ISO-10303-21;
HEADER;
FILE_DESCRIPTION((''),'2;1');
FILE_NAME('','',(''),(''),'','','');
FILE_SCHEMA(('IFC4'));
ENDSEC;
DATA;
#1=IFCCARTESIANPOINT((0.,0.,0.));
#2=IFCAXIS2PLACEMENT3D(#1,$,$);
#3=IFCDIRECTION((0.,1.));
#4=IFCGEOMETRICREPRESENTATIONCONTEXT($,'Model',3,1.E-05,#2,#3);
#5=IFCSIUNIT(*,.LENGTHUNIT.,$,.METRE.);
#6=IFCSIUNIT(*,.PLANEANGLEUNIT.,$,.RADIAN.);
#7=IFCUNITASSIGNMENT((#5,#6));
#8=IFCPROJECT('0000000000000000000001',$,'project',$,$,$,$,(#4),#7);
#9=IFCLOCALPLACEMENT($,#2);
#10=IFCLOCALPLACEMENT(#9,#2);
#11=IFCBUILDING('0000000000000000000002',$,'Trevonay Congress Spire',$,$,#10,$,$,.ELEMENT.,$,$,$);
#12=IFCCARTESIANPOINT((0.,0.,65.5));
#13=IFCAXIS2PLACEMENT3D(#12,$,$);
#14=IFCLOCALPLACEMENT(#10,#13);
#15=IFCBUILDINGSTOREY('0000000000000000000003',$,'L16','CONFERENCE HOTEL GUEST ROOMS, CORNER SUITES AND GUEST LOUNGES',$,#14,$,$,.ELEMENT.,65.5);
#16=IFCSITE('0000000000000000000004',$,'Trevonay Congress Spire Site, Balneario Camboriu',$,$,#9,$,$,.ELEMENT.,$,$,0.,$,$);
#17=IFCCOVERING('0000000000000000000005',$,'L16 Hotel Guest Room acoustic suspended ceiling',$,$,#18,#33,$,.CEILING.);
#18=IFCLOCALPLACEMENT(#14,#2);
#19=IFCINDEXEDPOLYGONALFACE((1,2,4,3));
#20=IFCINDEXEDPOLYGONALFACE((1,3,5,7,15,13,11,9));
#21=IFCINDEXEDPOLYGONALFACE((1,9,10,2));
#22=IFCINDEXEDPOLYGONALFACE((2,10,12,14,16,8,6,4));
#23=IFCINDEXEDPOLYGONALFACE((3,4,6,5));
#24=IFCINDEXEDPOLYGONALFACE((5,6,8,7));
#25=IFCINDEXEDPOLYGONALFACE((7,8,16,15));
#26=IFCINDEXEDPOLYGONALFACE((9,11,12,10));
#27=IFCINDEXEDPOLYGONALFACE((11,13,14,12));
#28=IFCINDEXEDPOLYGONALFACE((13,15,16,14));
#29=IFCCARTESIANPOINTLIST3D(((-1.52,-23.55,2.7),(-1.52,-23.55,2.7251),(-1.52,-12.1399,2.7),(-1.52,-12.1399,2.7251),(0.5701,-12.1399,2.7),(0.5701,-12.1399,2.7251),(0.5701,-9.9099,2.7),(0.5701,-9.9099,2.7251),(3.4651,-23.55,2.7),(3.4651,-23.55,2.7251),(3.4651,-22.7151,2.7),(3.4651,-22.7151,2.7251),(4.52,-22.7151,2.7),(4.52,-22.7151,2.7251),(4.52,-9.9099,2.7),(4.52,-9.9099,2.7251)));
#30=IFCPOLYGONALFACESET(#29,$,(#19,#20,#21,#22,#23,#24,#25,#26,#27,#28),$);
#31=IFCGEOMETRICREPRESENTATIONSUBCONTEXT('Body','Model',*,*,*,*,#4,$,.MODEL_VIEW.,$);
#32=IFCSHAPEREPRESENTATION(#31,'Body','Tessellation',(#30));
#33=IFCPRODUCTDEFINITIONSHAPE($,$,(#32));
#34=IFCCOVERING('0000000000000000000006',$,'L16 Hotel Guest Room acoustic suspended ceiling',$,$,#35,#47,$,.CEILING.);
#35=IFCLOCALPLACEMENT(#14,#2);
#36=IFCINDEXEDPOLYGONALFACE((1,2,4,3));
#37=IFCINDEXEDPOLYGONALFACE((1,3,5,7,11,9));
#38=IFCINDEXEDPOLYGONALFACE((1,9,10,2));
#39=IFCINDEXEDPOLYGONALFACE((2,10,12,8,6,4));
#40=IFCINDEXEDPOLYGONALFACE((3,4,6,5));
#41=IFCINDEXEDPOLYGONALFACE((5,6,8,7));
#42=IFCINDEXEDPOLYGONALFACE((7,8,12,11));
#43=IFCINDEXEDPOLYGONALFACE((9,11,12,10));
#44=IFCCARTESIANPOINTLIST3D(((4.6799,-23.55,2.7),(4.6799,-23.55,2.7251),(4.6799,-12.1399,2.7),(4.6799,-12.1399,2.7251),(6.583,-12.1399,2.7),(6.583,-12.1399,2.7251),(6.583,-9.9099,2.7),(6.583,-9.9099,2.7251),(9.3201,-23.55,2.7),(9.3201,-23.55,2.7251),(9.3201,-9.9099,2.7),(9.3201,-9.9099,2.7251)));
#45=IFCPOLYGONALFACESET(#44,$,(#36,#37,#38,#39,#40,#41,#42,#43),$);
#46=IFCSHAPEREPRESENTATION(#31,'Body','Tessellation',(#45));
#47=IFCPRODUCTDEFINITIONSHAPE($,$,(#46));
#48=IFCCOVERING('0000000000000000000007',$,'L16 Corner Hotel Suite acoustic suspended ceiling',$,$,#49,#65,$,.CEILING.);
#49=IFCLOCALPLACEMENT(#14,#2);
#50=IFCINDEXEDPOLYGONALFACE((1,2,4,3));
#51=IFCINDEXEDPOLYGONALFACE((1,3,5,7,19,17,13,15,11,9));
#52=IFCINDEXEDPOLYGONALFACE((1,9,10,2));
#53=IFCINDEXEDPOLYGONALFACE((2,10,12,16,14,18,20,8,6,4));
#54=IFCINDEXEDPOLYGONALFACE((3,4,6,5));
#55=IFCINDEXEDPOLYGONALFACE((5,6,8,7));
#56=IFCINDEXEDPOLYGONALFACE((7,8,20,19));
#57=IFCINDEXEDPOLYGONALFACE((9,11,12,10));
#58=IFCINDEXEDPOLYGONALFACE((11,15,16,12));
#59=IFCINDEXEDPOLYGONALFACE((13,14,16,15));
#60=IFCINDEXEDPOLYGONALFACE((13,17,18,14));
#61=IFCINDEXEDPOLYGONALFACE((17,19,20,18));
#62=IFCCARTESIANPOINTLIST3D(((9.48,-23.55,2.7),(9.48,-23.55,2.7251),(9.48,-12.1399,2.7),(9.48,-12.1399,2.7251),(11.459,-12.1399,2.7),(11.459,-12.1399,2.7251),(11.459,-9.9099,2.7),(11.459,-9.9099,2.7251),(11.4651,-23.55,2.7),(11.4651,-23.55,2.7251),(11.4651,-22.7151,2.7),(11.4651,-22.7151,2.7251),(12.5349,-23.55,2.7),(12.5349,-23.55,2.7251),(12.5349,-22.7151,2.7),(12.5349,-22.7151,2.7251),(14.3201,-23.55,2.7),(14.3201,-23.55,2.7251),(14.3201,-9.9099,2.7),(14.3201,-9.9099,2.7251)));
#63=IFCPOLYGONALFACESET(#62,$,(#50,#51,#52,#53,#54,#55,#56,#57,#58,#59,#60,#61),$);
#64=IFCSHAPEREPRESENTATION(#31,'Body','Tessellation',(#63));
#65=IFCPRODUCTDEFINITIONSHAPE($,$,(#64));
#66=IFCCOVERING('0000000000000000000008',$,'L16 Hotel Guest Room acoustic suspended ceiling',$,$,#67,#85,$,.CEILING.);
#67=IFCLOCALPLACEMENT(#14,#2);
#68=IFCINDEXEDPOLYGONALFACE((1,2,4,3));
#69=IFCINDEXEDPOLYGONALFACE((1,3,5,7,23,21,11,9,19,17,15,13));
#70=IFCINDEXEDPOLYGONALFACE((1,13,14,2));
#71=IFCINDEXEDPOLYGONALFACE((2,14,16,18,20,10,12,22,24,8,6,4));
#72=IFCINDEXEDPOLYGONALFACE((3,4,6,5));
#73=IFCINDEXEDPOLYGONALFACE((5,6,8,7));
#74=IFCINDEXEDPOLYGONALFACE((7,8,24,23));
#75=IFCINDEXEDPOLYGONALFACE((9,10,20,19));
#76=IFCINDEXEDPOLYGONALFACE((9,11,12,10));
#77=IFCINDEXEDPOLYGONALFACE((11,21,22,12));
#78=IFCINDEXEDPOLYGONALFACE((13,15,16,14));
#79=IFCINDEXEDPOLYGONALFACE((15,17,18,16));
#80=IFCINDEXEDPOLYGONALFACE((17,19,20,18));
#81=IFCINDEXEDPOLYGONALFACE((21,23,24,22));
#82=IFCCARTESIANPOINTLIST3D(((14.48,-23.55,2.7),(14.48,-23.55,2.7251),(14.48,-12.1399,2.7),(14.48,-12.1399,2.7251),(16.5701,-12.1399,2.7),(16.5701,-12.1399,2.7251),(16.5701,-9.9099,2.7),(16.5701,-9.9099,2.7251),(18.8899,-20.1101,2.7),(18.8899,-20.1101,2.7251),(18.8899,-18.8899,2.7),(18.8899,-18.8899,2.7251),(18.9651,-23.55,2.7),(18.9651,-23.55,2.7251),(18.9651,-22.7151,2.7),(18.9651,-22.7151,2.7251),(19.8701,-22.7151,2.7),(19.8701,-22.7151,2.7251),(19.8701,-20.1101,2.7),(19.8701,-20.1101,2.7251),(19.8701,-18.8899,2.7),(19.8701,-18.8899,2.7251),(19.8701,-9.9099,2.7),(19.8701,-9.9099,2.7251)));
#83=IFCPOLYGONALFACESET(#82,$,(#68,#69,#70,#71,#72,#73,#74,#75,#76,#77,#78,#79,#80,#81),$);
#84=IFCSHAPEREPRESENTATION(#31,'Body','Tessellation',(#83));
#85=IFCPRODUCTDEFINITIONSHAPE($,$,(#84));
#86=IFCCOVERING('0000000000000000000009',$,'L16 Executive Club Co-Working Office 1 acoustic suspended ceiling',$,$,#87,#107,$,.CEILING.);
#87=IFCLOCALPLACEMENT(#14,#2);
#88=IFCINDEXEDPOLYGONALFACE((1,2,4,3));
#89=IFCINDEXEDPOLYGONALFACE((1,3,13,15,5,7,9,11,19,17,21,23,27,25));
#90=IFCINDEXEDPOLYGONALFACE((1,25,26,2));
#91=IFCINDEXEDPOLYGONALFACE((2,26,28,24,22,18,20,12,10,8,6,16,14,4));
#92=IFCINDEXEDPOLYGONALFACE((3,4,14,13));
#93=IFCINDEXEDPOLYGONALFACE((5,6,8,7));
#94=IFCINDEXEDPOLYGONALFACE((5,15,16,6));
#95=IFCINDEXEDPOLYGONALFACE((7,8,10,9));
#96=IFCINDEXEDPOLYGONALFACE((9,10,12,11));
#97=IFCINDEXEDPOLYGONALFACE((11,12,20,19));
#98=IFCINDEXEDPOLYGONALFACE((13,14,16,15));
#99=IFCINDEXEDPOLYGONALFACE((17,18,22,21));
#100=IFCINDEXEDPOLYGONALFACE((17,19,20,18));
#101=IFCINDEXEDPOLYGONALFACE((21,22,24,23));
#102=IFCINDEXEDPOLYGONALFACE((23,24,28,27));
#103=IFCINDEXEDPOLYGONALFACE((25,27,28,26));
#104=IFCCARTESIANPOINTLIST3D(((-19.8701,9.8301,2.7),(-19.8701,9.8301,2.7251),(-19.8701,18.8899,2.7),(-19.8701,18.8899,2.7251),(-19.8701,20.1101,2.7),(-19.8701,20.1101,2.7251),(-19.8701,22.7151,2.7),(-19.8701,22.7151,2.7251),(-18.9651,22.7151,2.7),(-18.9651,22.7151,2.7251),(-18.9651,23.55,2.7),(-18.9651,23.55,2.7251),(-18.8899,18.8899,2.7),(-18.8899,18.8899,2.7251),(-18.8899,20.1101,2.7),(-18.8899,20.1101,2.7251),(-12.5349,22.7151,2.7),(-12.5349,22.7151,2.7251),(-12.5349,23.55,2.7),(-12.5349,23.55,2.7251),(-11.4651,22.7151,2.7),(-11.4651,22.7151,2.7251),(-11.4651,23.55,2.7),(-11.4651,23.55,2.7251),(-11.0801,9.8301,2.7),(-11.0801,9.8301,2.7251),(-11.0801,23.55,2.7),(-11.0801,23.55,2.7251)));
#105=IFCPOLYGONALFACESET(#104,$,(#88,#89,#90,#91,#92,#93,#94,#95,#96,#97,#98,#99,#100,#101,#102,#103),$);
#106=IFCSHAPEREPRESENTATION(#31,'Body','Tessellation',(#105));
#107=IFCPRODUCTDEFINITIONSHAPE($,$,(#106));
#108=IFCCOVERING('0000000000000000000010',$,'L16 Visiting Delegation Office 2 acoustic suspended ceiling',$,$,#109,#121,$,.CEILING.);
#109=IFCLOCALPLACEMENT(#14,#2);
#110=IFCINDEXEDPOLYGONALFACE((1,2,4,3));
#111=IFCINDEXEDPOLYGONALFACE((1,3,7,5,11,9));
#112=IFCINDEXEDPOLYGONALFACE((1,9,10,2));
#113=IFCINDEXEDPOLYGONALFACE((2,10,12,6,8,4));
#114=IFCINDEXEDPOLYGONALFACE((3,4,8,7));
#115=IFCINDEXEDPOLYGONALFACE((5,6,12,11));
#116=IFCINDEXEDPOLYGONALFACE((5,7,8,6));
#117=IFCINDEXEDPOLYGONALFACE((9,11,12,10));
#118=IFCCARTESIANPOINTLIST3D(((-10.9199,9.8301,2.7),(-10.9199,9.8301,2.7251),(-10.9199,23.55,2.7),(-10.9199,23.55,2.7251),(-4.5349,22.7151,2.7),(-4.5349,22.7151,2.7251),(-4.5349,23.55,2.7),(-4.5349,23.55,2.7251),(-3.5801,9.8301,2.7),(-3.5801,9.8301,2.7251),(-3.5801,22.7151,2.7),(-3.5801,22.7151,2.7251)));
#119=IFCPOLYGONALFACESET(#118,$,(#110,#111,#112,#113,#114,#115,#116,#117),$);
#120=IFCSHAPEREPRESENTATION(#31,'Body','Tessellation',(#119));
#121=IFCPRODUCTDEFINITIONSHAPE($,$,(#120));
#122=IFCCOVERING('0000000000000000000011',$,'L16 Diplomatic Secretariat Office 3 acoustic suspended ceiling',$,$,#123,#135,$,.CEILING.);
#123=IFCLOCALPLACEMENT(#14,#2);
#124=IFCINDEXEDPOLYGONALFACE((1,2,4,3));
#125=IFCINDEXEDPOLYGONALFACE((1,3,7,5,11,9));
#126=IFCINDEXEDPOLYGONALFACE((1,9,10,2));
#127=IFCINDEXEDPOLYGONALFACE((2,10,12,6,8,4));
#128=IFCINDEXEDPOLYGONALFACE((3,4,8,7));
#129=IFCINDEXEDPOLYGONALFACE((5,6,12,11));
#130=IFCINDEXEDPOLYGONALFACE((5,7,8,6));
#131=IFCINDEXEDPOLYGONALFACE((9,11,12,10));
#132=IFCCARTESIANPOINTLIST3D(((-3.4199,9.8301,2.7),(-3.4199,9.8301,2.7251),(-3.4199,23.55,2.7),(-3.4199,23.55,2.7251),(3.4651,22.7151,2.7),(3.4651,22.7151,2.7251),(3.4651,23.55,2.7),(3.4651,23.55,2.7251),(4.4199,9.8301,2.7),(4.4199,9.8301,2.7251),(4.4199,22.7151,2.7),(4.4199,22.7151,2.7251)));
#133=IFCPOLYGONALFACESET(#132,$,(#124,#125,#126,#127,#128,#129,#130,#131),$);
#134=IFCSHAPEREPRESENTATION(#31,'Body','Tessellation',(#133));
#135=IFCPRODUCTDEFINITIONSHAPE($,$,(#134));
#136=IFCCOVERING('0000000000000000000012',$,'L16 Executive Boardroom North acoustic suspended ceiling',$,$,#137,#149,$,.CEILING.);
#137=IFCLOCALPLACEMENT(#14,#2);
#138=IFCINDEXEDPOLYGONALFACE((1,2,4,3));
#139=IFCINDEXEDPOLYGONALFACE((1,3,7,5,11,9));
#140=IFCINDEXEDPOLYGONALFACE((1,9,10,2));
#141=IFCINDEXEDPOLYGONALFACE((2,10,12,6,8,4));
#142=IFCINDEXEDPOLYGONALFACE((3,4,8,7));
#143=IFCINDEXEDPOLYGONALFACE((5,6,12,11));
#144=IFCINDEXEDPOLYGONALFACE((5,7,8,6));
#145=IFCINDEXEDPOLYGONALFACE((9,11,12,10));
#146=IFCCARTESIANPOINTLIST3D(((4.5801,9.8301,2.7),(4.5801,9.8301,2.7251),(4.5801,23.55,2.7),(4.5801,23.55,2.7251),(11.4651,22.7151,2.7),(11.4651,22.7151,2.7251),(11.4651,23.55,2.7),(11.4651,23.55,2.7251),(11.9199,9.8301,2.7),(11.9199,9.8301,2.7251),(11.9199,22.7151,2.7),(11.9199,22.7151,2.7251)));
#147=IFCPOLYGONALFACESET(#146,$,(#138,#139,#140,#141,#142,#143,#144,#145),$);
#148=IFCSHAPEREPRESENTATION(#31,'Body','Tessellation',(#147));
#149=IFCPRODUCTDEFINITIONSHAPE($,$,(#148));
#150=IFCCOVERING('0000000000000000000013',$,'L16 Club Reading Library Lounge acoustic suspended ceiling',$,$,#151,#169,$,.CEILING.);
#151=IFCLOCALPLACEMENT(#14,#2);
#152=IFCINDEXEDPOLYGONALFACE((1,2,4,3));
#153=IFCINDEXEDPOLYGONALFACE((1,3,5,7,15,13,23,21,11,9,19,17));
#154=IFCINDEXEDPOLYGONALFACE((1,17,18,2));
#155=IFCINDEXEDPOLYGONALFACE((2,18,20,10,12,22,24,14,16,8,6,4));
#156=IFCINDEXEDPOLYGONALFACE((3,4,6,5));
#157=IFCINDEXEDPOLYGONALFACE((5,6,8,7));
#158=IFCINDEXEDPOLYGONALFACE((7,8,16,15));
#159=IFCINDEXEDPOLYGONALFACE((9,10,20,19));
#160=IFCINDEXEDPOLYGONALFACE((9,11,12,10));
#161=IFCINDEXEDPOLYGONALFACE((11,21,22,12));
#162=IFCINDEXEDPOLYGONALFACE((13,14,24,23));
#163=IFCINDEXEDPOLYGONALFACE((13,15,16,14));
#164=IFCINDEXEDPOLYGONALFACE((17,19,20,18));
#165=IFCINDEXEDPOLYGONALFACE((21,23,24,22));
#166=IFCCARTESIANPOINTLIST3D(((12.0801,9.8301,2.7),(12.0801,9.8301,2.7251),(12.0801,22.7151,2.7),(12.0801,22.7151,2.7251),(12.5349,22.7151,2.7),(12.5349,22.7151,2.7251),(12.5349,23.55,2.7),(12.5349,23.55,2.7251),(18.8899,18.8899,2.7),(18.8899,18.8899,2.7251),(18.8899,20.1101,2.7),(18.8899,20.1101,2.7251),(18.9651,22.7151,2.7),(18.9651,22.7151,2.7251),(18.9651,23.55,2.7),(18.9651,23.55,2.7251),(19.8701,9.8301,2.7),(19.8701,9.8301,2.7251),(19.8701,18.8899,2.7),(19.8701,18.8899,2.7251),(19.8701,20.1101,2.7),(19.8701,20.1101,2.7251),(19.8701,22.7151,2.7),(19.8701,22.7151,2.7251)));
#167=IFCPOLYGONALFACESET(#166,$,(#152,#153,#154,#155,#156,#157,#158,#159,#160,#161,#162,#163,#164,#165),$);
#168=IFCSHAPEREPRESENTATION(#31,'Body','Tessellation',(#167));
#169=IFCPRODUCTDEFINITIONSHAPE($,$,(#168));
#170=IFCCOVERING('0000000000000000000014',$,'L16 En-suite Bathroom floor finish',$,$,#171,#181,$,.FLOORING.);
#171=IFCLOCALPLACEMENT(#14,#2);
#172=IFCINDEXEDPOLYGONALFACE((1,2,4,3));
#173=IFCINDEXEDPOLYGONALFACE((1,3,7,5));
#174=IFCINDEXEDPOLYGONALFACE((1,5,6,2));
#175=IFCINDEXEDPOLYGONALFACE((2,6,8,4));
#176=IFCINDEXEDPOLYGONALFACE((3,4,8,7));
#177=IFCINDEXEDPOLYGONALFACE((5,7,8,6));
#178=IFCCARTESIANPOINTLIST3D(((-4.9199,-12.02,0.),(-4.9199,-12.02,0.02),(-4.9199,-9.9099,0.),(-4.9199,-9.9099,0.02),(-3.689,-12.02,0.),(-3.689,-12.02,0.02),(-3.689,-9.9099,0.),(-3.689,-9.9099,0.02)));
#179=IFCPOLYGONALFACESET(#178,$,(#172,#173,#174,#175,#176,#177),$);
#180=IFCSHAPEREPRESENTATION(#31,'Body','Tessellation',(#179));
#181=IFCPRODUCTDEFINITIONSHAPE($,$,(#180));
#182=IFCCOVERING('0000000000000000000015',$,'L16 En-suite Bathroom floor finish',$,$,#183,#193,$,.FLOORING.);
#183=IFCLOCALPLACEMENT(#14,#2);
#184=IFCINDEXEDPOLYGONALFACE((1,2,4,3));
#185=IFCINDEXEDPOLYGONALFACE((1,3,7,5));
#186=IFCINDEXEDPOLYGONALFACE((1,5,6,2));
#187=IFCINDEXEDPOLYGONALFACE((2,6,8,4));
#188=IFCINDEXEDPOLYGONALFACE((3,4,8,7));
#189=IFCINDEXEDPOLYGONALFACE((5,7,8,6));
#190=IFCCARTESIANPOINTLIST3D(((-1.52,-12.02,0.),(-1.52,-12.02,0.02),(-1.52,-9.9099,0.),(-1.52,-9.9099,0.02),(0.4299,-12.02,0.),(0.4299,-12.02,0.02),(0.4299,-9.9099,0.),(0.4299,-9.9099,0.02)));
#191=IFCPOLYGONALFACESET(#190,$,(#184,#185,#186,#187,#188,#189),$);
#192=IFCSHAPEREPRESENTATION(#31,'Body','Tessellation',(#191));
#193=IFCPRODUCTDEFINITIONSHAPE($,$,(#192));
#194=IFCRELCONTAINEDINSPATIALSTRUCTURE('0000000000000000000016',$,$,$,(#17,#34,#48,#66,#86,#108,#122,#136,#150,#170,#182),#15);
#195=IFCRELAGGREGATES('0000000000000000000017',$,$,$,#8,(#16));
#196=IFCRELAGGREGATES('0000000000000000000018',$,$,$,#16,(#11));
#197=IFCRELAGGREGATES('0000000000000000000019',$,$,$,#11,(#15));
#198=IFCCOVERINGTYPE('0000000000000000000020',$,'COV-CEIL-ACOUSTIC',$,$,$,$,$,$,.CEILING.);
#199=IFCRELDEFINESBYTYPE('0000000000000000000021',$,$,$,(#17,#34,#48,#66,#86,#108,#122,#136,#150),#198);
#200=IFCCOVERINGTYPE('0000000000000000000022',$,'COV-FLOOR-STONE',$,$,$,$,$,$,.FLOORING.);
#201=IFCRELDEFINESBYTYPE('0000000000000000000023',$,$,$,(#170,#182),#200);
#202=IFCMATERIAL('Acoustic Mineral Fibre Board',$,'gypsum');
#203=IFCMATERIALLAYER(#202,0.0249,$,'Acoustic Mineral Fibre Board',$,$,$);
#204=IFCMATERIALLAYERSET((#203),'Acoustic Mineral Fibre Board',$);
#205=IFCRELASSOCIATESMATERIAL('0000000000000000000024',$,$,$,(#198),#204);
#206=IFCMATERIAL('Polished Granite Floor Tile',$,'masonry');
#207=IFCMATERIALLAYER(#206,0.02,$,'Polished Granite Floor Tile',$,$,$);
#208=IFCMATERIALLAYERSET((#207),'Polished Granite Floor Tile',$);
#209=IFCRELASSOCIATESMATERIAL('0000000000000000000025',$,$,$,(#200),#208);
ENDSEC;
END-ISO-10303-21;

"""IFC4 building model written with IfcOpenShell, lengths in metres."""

from ifc_helpers import new_model, si_unit, direction, frame, origin, place, context, subcontext, project, spatial, polyline, outline, extrude, material, layer, layer_set, type_object, element, save


model = new_model("IFC4")

# Units and contexts
model_context = context("Model", 3, precision=1e-05, world=origin(), true_north=direction((0.0, 1.0)))
body_context = subcontext(model_context, "Body", "Model", "MODEL_VIEW")
ifc_project = project(units=[si_unit("LENGTHUNIT", "METRE"), si_unit("PLANEANGLEUNIT", "RADIAN")], contexts=[model_context])

# Site, building, storey
site_placement = place(None, origin())
site = spatial("IfcSite", under=ifc_project, at=site_placement, Name="Trevonay Congress Spire Site, Balneario Camboriu", CompositionType="ELEMENT", RefElevation=0.0)
building_placement = place(site_placement, origin())
building = spatial("IfcBuilding", under=site, at=building_placement, Name="Trevonay Congress Spire", CompositionType="ELEMENT")
storey_placement = place(building_placement, frame((0.0, 0.0, 65.5)))
storey = spatial("IfcBuildingStorey", under=building, at=storey_placement, Name="L16", Description="CONFERENCE HOTEL GUEST ROOMS, CORNER SUITES AND GUEST LOUNGES", CompositionType="ELEMENT", Elevation=65.5)

# Coverings
ifc_material_1 = material(Name="Acoustic Mineral Fibre Board", Category="gypsum")
ifc_layer_1 = layer(ifc_material_1, 0.0249, Name="Acoustic Mineral Fibre Board")
ifc_layer_set_1 = layer_set([ifc_layer_1], Name="Acoustic Mineral Fibre Board")
covering_type_1 = type_object("IfcCoveringType", Name="COV-CEIL-ACOUSTIC", PredefinedType="CEILING", material=ifc_layer_set_1)
covering_1_placement = place(storey_placement, frame((0.0, 0.0, 2.7)))
element("IfcCovering", 1, at=covering_1_placement, inside=storey, type_object=covering_type_1, Name="L16 Hotel Guest Room acoustic suspended ceiling", PredefinedType="CEILING", context=body_context, shape_type="SweptSolid", body=[
    extrude(outline(polyline([(-1.52, -23.55), (-1.52, -12.1399), (0.5701, -12.1399), (0.5701, -9.9099), (4.52, -9.9099), (4.52, -22.7151), (3.4651, -22.7151), (3.4651, -23.55), (-1.52, -23.55)])), origin(), (0.0, 0.0, 1.0), 0.0251),
])
covering_2_placement = place(storey_placement, frame((0.0, 0.0, 2.7)))
element("IfcCovering", 2, at=covering_2_placement, inside=storey, type_object=covering_type_1, Name="L16 Hotel Guest Room acoustic suspended ceiling", PredefinedType="CEILING", context=body_context, shape_type="SweptSolid", body=[
    extrude(outline(polyline([(4.6799, -23.55), (9.3201, -23.55), (9.3201, -9.9099), (6.583, -9.9099), (6.583, -12.1399), (4.6799, -12.1399), (4.6799, -23.55)])), origin(), (0.0, 0.0, 1.0), 0.0251),
])
covering_3_placement = place(storey_placement, frame((0.0, 0.0, 2.7)))
element("IfcCovering", 3, at=covering_3_placement, inside=storey, type_object=covering_type_1, Name="L16 Corner Hotel Suite acoustic suspended ceiling", PredefinedType="CEILING", context=body_context, shape_type="SweptSolid", body=[
    extrude(outline(polyline([(9.48, -23.55), (9.48, -12.1399), (11.459, -12.1399), (11.459, -9.9099), (14.3201, -9.9099), (14.3201, -23.55), (12.5349, -23.55), (12.5349, -22.7151), (11.4651, -22.7151), (11.4651, -23.55), (9.48, -23.55)])), origin(), (0.0, 0.0, 1.0), 0.0251),
])
covering_4_placement = place(storey_placement, frame((0.0, 0.0, 2.7)))
element("IfcCovering", 4, at=covering_4_placement, inside=storey, type_object=covering_type_1, Name="L16 Hotel Guest Room acoustic suspended ceiling", PredefinedType="CEILING", context=body_context, shape_type="SweptSolid", body=[
    extrude(outline(polyline([(14.48, -23.55), (14.48, -12.1399), (16.5701, -12.1399), (16.5701, -9.9099), (19.8701, -9.9099), (19.8701, -18.8899), (18.8899, -18.8899), (18.8899, -20.1101), (19.8701, -20.1101), (19.8701, -22.7151), (18.9651, -22.7151), (18.9651, -23.55), (14.48, -23.55)])), origin(), (0.0, 0.0, 1.0), 0.0251),
])
covering_5_placement = place(storey_placement, frame((0.0, 0.0, 2.7)))
element("IfcCovering", 5, at=covering_5_placement, inside=storey, type_object=covering_type_1, Name="L16 Executive Club Co-Working Office 1 acoustic suspended ceiling", PredefinedType="CEILING", context=body_context, shape_type="SweptSolid", body=[
    extrude(outline(polyline([(-11.0801, 23.55), (-11.0801, 9.8301), (-19.8701, 9.8301), (-19.8701, 18.8899), (-18.8899, 18.8899), (-18.8899, 20.1101), (-19.8701, 20.1101), (-19.8701, 22.7151), (-18.9651, 22.7151), (-18.9651, 23.55), (-12.5349, 23.55), (-12.5349, 22.7151), (-11.4651, 22.7151), (-11.4651, 23.55), (-11.0801, 23.55)])), origin(), (0.0, 0.0, 1.0), 0.0251),
])
covering_6_placement = place(storey_placement, frame((0.0, 0.0, 2.7)))
element("IfcCovering", 6, at=covering_6_placement, inside=storey, type_object=covering_type_1, Name="L16 Visiting Delegation Office 2 acoustic suspended ceiling", PredefinedType="CEILING", context=body_context, shape_type="SweptSolid", body=[
    extrude(outline(polyline([(-3.5801, 9.8301), (-10.9199, 9.8301), (-10.9199, 23.55), (-4.5349, 23.55), (-4.5349, 22.7151), (-3.5801, 22.7151), (-3.5801, 9.8301)])), origin(), (0.0, 0.0, 1.0), 0.0251),
])
covering_7_placement = place(storey_placement, frame((0.0, 0.0, 2.7)))
element("IfcCovering", 7, at=covering_7_placement, inside=storey, type_object=covering_type_1, Name="L16 Diplomatic Secretariat Office 3 acoustic suspended ceiling", PredefinedType="CEILING", context=body_context, shape_type="SweptSolid", body=[
    extrude(outline(polyline([(4.4199, 9.8301), (-3.4199, 9.8301), (-3.4199, 23.55), (3.4651, 23.55), (3.4651, 22.7151), (4.4199, 22.7151), (4.4199, 9.8301)])), origin(), (0.0, 0.0, 1.0), 0.0251),
])
covering_8_placement = place(storey_placement, frame((0.0, 0.0, 2.7)))
element("IfcCovering", 8, at=covering_8_placement, inside=storey, type_object=covering_type_1, Name="L16 Executive Boardroom North acoustic suspended ceiling", PredefinedType="CEILING", context=body_context, shape_type="SweptSolid", body=[
    extrude(outline(polyline([(11.9199, 9.8301), (4.5801, 9.8301), (4.5801, 23.55), (11.4651, 23.55), (11.4651, 22.7151), (11.9199, 22.7151), (11.9199, 9.8301)])), origin(), (0.0, 0.0, 1.0), 0.0251),
])
covering_9_placement = place(storey_placement, frame((0.0, 0.0, 2.7)))
element("IfcCovering", 9, at=covering_9_placement, inside=storey, type_object=covering_type_1, Name="L16 Club Reading Library Lounge acoustic suspended ceiling", PredefinedType="CEILING", context=body_context, shape_type="SweptSolid", body=[
    extrude(outline(polyline([(19.8701, 9.8301), (12.0801, 9.8301), (12.0801, 22.7151), (12.5349, 22.7151), (12.5349, 23.55), (18.9651, 23.55), (18.9651, 22.7151), (19.8701, 22.7151), (19.8701, 20.1101), (18.8899, 20.1101), (18.8899, 18.8899), (19.8701, 18.8899), (19.8701, 9.8301)])), origin(), (0.0, 0.0, 1.0), 0.0251),
])
ifc_material_2 = material(Name="Polished Granite Floor Tile", Category="masonry")
ifc_layer_2 = layer(ifc_material_2, 0.02, Name="Polished Granite Floor Tile")
ifc_layer_set_2 = layer_set([ifc_layer_2], Name="Polished Granite Floor Tile")
covering_type_2 = type_object("IfcCoveringType", Name="COV-FLOOR-STONE", PredefinedType="FLOORING", material=ifc_layer_set_2)
covering_10_placement = place(storey_placement, origin())
element("IfcCovering", 10, at=covering_10_placement, inside=storey, type_object=covering_type_2, Name="L16 En-suite Bathroom floor finish", PredefinedType="FLOORING", context=body_context, shape_type="SweptSolid", body=[
    extrude(outline(polyline([(-4.9199, -12.02), (-3.689, -12.02), (-3.689, -9.9099), (-4.9199, -9.9099), (-4.9199, -12.02)])), origin(), (0.0, 0.0, 1.0), 0.02),
])
covering_11_placement = place(storey_placement, origin())
element("IfcCovering", 11, at=covering_11_placement, inside=storey, type_object=covering_type_2, Name="L16 En-suite Bathroom floor finish", PredefinedType="FLOORING", context=body_context, shape_type="SweptSolid", body=[
    extrude(outline(polyline([(-1.52, -12.02), (0.4299, -12.02), (0.4299, -9.9099), (-1.52, -9.9099), (-1.52, -12.02)])), origin(), (0.0, 0.0, 1.0), 0.02),
])

save(model, "model.ifc")
